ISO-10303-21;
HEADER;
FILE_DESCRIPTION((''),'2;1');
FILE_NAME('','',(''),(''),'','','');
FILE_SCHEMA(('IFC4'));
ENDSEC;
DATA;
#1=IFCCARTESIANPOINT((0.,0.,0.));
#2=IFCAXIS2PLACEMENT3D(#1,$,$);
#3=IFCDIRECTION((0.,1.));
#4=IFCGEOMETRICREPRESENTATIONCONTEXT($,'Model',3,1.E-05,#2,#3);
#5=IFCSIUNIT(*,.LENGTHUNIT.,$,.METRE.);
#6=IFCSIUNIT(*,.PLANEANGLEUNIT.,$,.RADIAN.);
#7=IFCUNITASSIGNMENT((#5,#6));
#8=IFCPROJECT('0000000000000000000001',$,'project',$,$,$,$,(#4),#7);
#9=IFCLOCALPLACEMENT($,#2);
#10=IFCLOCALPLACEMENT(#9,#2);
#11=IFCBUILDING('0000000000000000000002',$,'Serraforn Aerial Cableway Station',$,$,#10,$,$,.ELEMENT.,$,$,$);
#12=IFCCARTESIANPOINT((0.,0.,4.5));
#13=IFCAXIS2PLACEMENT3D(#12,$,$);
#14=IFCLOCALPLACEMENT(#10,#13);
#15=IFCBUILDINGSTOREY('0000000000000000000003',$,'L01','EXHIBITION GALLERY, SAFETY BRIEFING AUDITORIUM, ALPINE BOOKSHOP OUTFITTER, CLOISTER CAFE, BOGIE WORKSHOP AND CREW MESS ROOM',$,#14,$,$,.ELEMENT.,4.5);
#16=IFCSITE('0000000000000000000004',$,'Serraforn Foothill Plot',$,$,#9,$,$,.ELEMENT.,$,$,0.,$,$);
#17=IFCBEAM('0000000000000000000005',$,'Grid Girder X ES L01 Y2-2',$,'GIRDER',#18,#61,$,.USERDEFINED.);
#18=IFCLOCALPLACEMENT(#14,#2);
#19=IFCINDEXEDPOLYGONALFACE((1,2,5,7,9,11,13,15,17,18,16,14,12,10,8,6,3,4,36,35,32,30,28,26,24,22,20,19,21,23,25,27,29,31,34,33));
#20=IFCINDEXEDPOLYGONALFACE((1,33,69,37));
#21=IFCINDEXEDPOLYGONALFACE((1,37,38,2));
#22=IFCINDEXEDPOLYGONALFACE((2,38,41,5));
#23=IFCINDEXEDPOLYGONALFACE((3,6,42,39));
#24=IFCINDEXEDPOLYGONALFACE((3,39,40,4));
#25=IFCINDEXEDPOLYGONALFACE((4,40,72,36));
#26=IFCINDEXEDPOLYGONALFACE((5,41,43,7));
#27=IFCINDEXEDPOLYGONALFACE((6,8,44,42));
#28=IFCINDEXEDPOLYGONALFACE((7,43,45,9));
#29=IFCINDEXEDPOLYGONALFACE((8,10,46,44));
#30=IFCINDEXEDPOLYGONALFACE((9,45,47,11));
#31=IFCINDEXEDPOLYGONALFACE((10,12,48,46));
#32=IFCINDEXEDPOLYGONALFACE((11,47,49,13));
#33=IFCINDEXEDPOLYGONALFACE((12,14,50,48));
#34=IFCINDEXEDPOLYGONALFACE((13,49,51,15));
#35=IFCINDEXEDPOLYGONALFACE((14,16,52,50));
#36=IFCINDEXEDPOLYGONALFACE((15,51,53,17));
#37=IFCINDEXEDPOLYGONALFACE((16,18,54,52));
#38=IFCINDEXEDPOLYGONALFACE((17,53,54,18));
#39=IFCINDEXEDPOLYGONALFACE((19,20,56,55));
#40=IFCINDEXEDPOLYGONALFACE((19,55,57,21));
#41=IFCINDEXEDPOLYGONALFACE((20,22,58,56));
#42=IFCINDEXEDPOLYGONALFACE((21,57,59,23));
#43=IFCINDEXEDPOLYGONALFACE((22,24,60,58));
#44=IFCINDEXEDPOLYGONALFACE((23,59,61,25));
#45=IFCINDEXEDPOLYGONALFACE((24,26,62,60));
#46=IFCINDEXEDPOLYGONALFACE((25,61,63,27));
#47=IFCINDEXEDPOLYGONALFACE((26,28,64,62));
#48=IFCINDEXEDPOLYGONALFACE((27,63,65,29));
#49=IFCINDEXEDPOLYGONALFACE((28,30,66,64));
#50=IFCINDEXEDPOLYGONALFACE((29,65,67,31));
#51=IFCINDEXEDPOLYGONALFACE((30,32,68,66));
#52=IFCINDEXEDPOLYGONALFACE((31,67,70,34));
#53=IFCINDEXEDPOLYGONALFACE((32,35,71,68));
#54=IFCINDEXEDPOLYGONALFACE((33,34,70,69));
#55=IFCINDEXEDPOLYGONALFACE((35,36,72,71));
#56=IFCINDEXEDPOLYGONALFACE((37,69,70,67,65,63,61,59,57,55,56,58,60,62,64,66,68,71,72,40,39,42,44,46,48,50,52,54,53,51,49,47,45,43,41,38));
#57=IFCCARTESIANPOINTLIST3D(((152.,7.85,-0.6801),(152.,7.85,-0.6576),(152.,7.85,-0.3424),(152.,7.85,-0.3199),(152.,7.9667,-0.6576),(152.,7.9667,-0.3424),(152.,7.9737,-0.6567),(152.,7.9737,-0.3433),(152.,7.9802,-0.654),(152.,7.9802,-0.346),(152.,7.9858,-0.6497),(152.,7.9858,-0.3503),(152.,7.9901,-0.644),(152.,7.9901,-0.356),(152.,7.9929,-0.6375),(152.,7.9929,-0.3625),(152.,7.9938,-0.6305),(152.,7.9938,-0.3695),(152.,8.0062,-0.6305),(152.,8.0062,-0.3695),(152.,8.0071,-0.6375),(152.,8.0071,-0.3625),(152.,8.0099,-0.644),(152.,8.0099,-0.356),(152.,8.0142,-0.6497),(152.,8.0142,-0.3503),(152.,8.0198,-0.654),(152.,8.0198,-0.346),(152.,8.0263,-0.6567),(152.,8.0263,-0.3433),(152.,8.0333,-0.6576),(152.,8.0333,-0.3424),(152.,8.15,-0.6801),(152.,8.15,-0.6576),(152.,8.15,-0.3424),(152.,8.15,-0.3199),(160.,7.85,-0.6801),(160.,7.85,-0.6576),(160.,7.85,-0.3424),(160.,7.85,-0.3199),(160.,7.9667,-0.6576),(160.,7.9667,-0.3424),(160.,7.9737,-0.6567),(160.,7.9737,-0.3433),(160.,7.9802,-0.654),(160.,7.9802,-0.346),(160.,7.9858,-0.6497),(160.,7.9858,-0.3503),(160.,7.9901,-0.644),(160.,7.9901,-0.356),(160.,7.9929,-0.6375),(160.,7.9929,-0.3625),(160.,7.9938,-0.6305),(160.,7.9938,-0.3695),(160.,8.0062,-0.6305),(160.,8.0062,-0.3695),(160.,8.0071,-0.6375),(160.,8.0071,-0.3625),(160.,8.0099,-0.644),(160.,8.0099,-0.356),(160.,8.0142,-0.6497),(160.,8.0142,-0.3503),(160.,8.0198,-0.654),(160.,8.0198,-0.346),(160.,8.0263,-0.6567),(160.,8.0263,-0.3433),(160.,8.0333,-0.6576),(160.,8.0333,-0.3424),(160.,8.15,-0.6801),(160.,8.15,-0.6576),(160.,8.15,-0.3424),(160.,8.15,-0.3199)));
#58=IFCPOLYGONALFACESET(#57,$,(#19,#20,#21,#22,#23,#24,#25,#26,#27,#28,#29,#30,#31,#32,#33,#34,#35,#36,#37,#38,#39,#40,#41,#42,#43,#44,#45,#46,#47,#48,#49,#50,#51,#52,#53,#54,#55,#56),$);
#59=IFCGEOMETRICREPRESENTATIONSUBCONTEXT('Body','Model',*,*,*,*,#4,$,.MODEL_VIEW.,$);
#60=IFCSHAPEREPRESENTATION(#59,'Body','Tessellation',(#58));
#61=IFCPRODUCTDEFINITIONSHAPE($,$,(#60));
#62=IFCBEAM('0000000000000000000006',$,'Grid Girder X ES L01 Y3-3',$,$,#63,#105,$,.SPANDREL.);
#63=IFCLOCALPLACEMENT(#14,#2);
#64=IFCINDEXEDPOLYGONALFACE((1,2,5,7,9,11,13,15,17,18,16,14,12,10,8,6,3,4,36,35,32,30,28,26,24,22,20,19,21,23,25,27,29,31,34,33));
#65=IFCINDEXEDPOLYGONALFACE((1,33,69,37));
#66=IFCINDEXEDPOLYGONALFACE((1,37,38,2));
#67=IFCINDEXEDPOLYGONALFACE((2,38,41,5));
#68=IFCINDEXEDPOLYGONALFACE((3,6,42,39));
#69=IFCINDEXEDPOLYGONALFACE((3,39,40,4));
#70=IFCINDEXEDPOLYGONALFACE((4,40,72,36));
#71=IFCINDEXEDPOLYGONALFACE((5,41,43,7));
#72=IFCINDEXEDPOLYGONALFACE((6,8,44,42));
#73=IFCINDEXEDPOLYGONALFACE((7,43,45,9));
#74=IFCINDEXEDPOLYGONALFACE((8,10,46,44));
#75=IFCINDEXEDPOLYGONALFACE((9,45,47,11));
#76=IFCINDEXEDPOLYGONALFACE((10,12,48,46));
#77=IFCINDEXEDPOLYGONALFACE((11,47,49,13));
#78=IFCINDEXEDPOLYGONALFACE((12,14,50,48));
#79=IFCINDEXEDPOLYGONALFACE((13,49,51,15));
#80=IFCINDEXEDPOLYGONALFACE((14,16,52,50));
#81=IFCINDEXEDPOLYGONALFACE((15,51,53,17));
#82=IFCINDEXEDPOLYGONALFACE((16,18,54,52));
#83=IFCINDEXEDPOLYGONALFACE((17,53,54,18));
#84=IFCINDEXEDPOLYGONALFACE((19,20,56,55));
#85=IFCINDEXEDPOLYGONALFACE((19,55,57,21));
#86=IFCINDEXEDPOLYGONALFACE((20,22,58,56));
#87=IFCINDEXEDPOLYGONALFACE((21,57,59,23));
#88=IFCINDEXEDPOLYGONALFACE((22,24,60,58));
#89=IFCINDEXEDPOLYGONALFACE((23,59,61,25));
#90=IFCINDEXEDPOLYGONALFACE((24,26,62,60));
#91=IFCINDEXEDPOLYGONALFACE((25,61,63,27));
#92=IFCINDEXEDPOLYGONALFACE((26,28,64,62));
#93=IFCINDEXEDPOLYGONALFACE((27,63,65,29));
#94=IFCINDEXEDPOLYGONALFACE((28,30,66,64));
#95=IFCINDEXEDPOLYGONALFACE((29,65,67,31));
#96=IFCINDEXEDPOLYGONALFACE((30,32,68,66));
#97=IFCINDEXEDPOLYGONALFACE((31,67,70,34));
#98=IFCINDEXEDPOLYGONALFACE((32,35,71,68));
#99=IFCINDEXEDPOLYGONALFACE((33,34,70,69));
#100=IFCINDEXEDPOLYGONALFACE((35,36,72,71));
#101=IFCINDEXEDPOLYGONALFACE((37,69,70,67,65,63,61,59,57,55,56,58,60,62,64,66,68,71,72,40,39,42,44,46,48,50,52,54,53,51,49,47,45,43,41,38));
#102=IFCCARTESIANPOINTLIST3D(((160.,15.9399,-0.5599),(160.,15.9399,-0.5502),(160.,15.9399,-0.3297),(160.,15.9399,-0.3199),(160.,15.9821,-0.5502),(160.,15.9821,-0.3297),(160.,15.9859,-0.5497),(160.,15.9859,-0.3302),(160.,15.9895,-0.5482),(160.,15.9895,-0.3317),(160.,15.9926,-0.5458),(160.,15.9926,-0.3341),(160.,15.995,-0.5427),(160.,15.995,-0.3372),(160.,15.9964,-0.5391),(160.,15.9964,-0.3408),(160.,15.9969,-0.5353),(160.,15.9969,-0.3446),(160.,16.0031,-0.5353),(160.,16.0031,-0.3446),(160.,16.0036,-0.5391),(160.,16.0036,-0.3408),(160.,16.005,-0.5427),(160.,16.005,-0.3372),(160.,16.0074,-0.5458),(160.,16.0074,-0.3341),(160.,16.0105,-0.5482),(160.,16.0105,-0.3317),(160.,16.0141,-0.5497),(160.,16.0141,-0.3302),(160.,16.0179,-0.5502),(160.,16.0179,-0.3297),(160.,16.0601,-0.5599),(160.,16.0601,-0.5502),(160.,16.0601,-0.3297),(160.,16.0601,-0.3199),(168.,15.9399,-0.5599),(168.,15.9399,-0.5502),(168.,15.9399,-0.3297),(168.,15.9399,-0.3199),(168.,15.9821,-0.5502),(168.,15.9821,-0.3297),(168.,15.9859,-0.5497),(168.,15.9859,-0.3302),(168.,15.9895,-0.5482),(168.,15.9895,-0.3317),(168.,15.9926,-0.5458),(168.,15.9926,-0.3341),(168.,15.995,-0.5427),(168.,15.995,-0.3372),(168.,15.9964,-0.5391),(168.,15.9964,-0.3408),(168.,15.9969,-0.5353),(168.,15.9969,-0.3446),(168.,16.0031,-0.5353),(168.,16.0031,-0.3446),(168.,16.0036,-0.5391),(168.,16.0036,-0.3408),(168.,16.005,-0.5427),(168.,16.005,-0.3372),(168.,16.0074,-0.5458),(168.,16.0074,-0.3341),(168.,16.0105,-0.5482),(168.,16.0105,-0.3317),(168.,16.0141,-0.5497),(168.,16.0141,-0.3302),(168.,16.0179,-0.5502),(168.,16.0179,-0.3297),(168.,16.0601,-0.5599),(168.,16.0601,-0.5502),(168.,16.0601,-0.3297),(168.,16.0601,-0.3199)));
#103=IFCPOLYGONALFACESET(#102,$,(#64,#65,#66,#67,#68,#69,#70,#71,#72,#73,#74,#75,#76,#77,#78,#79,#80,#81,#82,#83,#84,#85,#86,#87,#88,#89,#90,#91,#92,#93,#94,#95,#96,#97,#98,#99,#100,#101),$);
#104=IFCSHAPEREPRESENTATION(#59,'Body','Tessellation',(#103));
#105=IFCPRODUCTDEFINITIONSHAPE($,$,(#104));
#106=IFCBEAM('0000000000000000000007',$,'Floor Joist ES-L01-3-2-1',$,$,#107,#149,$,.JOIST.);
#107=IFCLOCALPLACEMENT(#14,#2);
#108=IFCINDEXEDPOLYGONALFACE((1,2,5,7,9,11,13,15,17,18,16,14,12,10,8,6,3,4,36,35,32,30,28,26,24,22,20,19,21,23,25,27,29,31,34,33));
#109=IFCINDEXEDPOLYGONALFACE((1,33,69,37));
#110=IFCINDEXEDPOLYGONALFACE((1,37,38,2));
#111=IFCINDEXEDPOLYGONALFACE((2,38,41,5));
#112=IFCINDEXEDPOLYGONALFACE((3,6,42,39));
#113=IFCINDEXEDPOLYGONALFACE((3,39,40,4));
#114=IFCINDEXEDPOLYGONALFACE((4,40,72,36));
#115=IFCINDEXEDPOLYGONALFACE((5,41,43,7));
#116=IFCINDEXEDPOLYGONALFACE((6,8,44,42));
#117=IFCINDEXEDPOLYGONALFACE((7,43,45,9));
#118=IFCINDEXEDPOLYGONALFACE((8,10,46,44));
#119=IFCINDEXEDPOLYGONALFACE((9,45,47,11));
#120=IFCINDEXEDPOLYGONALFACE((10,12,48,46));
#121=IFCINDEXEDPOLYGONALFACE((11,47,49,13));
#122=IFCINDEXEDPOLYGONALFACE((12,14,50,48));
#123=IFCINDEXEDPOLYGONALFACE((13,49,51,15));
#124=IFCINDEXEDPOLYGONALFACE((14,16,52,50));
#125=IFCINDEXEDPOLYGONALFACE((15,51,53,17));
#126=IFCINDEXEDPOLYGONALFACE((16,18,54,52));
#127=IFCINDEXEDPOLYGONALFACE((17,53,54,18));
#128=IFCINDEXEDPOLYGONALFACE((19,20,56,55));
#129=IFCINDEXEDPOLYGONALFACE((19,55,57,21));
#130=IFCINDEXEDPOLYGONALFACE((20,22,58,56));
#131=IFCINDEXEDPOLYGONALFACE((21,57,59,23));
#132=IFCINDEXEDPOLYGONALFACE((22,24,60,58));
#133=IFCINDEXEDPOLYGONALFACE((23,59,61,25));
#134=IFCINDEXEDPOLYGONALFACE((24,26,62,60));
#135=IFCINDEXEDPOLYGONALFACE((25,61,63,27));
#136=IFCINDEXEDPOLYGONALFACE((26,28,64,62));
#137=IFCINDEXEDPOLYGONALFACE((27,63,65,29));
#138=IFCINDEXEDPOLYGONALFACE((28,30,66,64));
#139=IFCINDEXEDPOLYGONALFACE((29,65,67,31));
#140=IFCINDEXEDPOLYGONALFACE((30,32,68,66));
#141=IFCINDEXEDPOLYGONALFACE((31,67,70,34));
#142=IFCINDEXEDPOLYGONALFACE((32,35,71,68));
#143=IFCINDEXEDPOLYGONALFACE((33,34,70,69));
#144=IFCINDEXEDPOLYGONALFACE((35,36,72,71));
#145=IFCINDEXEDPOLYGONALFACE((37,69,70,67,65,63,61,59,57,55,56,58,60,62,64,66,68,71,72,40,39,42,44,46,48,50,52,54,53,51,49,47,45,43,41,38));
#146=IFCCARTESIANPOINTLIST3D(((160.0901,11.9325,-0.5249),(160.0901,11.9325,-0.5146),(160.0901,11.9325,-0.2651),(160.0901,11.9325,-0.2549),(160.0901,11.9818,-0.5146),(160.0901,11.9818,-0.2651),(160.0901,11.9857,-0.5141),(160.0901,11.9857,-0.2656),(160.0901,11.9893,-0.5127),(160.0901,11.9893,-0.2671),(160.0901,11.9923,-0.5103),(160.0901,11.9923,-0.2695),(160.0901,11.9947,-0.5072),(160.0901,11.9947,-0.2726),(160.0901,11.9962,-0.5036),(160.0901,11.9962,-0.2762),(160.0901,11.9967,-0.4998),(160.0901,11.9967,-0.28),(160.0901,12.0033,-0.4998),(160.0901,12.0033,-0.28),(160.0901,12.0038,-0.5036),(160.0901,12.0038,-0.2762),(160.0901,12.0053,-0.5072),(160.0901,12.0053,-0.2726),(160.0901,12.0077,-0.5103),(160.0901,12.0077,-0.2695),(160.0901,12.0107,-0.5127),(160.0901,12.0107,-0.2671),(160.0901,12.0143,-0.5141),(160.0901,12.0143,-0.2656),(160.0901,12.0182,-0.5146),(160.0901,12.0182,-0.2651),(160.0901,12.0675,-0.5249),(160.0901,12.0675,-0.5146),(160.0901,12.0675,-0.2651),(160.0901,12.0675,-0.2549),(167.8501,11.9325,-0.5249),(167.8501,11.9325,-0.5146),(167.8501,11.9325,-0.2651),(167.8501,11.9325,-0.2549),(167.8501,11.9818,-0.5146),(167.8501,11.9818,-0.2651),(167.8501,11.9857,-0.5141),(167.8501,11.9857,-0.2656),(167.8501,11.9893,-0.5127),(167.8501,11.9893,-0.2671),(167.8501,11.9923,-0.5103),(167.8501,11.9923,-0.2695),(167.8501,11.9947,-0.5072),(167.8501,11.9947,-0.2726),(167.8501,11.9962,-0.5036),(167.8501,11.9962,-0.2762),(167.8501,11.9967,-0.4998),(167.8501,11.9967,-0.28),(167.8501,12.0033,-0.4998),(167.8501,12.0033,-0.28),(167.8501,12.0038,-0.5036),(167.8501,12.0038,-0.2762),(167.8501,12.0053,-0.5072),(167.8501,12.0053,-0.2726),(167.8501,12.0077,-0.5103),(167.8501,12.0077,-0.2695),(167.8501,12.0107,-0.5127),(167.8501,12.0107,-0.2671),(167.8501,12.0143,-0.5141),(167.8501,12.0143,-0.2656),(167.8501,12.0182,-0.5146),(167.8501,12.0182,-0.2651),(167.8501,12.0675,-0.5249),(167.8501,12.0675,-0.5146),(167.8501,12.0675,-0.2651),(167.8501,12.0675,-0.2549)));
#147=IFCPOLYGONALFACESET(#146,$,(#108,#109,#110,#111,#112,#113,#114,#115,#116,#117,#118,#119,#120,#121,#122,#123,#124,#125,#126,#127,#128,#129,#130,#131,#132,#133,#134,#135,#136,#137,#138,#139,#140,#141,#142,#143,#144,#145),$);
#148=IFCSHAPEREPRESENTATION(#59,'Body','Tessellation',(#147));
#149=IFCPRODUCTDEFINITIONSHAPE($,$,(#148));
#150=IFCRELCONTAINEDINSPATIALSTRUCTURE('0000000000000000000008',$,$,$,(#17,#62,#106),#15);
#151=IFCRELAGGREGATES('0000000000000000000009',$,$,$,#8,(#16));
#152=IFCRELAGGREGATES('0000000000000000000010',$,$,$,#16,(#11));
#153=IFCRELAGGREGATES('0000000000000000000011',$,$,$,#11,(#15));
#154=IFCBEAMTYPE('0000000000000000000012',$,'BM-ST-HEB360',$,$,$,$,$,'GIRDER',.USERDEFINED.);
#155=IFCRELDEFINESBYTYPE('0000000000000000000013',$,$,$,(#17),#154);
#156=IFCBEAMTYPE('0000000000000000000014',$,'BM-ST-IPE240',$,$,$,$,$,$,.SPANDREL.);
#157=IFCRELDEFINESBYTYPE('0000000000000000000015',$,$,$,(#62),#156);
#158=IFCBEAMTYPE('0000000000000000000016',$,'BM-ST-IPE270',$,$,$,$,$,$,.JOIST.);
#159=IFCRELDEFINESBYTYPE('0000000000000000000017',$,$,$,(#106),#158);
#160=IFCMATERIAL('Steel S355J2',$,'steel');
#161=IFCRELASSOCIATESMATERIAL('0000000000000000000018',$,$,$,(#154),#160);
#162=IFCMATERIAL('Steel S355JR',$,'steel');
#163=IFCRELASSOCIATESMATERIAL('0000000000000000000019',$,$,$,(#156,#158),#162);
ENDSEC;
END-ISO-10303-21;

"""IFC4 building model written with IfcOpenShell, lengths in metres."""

from ifc_helpers import new_model, si_unit, direction, frame, origin, origin_2d, place, context, subcontext, project, spatial, i_section, extrude, material, material_profile, profile_set, type_object, element, save


model = new_model("IFC4")

# Units and contexts
model_context = context("Model", 3, precision=1e-05, world=origin(), true_north=direction((0.0, 1.0)))
body_context = subcontext(model_context, "Body", "Model", "MODEL_VIEW")
ifc_project = project(units=[si_unit("LENGTHUNIT", "METRE"), si_unit("PLANEANGLEUNIT", "RADIAN")], contexts=[model_context])

# Site, building, storey
site_placement = place(None, origin())
site = spatial("IfcSite", under=ifc_project, at=site_placement, Name="Serraforn Foothill Plot", CompositionType="ELEMENT", RefElevation=0.0)
building_placement = place(site_placement, origin())
building = spatial("IfcBuilding", under=site, at=building_placement, Name="Serraforn Aerial Cableway Station", CompositionType="ELEMENT")
storey_placement = place(building_placement, frame((0.0, 0.0, 4.5)))
storey = spatial("IfcBuildingStorey", under=building, at=storey_placement, Name="L01", Description="EXHIBITION GALLERY, SAFETY BRIEFING AUDITORIUM, ALPINE BOOKSHOP OUTFITTER, CLOISTER CAFE, BOGIE WORKSHOP AND CREW MESS ROOM", CompositionType="ELEMENT", Elevation=4.5)

# Shared definitions
ifc_material_1 = material(Name="Steel S355J2", Category="steel")

# Beams
ifc_material_2 = material(Name="Steel S355JR", Category="steel")
ifc_material_profile_1 = material_profile(ifc_material_1, i_section(OverallWidth=0.3, OverallDepth=0.3601, WebThickness=0.0125, FlangeThickness=0.0225, FilletRadius=0.0271, at=origin_2d()), Name="HEB 360")
ifc_profile_set_1 = profile_set([ifc_material_profile_1], Name="Steel S355J2")
beam_type_1 = type_object("IfcBeamType", Name="BM-ST-HEB360", ElementType="GIRDER", PredefinedType="USERDEFINED", material=ifc_profile_set_1)
beam_1_placement = place(storey_placement, frame((152.0, 8.0, -0.5), z_axis=(1.0, 0.0, 0.0), x_axis=(0.0, 1.0, 0.0)))
element("IfcBeam", 1, at=beam_1_placement, inside=storey, type_object=beam_type_1, Name="Grid Girder X ES L01 Y2-2", ObjectType="GIRDER", PredefinedType="USERDEFINED", context=body_context, shape_type="SweptSolid", body=[
    extrude(i_section(OverallWidth=0.3, OverallDepth=0.3601, WebThickness=0.0125, FlangeThickness=0.0225, FilletRadius=0.0271, at=origin_2d()), origin(), (0.0, 0.0, 1.0), 8.0),
])
ifc_material_profile_2 = material_profile(ifc_material_2, i_section(OverallWidth=0.1201, OverallDepth=0.24, WebThickness=0.0061, FlangeThickness=0.0098, FilletRadius=0.0149, at=origin_2d()), Name="IPE 240")
ifc_profile_set_2 = profile_set([ifc_material_profile_2], Name="Steel S355JR")
beam_type_2 = type_object("IfcBeamType", Name="BM-ST-IPE240", PredefinedType="SPANDREL", material=ifc_profile_set_2)
beam_2_placement = place(storey_placement, frame((160.0, 16.0, -0.4399), z_axis=(1.0, 0.0, 0.0), x_axis=(0.0, 1.0, 0.0)))
element("IfcBeam", 2, at=beam_2_placement, inside=storey, type_object=beam_type_2, Name="Grid Girder X ES L01 Y3-3", PredefinedType="SPANDREL", context=body_context, shape_type="SweptSolid", body=[
    extrude(i_section(OverallWidth=0.1201, OverallDepth=0.24, WebThickness=0.0061, FlangeThickness=0.0098, FilletRadius=0.0149, at=origin_2d()), origin(), (0.0, 0.0, 1.0), 8.0),
])
ifc_material_profile_3 = material_profile(ifc_material_2, i_section(OverallWidth=0.135, OverallDepth=0.27, WebThickness=0.0066, FlangeThickness=0.0103, FilletRadius=0.0149, at=origin_2d()), Name="IPE 270")
ifc_profile_set_3 = profile_set([ifc_material_profile_3], Name="Steel S355JR")
beam_type_3 = type_object("IfcBeamType", Name="BM-ST-IPE270", PredefinedType="JOIST", material=ifc_profile_set_3)
beam_3_placement = place(storey_placement, frame((160.0901, 12.0, -0.3899), z_axis=(1.0, 0.0, 0.0), x_axis=(0.0, 1.0, 0.0)))
element("IfcBeam", 3, at=beam_3_placement, inside=storey, type_object=beam_type_3, Name="Floor Joist ES-L01-3-2-1", PredefinedType="JOIST", context=body_context, shape_type="SweptSolid", body=[
    extrude(i_section(OverallWidth=0.135, OverallDepth=0.27, WebThickness=0.0066, FlangeThickness=0.0103, FilletRadius=0.0149, at=origin_2d()), origin(), (0.0, 0.0, 1.0), 7.76),
])

save(model, "model.ifc")
